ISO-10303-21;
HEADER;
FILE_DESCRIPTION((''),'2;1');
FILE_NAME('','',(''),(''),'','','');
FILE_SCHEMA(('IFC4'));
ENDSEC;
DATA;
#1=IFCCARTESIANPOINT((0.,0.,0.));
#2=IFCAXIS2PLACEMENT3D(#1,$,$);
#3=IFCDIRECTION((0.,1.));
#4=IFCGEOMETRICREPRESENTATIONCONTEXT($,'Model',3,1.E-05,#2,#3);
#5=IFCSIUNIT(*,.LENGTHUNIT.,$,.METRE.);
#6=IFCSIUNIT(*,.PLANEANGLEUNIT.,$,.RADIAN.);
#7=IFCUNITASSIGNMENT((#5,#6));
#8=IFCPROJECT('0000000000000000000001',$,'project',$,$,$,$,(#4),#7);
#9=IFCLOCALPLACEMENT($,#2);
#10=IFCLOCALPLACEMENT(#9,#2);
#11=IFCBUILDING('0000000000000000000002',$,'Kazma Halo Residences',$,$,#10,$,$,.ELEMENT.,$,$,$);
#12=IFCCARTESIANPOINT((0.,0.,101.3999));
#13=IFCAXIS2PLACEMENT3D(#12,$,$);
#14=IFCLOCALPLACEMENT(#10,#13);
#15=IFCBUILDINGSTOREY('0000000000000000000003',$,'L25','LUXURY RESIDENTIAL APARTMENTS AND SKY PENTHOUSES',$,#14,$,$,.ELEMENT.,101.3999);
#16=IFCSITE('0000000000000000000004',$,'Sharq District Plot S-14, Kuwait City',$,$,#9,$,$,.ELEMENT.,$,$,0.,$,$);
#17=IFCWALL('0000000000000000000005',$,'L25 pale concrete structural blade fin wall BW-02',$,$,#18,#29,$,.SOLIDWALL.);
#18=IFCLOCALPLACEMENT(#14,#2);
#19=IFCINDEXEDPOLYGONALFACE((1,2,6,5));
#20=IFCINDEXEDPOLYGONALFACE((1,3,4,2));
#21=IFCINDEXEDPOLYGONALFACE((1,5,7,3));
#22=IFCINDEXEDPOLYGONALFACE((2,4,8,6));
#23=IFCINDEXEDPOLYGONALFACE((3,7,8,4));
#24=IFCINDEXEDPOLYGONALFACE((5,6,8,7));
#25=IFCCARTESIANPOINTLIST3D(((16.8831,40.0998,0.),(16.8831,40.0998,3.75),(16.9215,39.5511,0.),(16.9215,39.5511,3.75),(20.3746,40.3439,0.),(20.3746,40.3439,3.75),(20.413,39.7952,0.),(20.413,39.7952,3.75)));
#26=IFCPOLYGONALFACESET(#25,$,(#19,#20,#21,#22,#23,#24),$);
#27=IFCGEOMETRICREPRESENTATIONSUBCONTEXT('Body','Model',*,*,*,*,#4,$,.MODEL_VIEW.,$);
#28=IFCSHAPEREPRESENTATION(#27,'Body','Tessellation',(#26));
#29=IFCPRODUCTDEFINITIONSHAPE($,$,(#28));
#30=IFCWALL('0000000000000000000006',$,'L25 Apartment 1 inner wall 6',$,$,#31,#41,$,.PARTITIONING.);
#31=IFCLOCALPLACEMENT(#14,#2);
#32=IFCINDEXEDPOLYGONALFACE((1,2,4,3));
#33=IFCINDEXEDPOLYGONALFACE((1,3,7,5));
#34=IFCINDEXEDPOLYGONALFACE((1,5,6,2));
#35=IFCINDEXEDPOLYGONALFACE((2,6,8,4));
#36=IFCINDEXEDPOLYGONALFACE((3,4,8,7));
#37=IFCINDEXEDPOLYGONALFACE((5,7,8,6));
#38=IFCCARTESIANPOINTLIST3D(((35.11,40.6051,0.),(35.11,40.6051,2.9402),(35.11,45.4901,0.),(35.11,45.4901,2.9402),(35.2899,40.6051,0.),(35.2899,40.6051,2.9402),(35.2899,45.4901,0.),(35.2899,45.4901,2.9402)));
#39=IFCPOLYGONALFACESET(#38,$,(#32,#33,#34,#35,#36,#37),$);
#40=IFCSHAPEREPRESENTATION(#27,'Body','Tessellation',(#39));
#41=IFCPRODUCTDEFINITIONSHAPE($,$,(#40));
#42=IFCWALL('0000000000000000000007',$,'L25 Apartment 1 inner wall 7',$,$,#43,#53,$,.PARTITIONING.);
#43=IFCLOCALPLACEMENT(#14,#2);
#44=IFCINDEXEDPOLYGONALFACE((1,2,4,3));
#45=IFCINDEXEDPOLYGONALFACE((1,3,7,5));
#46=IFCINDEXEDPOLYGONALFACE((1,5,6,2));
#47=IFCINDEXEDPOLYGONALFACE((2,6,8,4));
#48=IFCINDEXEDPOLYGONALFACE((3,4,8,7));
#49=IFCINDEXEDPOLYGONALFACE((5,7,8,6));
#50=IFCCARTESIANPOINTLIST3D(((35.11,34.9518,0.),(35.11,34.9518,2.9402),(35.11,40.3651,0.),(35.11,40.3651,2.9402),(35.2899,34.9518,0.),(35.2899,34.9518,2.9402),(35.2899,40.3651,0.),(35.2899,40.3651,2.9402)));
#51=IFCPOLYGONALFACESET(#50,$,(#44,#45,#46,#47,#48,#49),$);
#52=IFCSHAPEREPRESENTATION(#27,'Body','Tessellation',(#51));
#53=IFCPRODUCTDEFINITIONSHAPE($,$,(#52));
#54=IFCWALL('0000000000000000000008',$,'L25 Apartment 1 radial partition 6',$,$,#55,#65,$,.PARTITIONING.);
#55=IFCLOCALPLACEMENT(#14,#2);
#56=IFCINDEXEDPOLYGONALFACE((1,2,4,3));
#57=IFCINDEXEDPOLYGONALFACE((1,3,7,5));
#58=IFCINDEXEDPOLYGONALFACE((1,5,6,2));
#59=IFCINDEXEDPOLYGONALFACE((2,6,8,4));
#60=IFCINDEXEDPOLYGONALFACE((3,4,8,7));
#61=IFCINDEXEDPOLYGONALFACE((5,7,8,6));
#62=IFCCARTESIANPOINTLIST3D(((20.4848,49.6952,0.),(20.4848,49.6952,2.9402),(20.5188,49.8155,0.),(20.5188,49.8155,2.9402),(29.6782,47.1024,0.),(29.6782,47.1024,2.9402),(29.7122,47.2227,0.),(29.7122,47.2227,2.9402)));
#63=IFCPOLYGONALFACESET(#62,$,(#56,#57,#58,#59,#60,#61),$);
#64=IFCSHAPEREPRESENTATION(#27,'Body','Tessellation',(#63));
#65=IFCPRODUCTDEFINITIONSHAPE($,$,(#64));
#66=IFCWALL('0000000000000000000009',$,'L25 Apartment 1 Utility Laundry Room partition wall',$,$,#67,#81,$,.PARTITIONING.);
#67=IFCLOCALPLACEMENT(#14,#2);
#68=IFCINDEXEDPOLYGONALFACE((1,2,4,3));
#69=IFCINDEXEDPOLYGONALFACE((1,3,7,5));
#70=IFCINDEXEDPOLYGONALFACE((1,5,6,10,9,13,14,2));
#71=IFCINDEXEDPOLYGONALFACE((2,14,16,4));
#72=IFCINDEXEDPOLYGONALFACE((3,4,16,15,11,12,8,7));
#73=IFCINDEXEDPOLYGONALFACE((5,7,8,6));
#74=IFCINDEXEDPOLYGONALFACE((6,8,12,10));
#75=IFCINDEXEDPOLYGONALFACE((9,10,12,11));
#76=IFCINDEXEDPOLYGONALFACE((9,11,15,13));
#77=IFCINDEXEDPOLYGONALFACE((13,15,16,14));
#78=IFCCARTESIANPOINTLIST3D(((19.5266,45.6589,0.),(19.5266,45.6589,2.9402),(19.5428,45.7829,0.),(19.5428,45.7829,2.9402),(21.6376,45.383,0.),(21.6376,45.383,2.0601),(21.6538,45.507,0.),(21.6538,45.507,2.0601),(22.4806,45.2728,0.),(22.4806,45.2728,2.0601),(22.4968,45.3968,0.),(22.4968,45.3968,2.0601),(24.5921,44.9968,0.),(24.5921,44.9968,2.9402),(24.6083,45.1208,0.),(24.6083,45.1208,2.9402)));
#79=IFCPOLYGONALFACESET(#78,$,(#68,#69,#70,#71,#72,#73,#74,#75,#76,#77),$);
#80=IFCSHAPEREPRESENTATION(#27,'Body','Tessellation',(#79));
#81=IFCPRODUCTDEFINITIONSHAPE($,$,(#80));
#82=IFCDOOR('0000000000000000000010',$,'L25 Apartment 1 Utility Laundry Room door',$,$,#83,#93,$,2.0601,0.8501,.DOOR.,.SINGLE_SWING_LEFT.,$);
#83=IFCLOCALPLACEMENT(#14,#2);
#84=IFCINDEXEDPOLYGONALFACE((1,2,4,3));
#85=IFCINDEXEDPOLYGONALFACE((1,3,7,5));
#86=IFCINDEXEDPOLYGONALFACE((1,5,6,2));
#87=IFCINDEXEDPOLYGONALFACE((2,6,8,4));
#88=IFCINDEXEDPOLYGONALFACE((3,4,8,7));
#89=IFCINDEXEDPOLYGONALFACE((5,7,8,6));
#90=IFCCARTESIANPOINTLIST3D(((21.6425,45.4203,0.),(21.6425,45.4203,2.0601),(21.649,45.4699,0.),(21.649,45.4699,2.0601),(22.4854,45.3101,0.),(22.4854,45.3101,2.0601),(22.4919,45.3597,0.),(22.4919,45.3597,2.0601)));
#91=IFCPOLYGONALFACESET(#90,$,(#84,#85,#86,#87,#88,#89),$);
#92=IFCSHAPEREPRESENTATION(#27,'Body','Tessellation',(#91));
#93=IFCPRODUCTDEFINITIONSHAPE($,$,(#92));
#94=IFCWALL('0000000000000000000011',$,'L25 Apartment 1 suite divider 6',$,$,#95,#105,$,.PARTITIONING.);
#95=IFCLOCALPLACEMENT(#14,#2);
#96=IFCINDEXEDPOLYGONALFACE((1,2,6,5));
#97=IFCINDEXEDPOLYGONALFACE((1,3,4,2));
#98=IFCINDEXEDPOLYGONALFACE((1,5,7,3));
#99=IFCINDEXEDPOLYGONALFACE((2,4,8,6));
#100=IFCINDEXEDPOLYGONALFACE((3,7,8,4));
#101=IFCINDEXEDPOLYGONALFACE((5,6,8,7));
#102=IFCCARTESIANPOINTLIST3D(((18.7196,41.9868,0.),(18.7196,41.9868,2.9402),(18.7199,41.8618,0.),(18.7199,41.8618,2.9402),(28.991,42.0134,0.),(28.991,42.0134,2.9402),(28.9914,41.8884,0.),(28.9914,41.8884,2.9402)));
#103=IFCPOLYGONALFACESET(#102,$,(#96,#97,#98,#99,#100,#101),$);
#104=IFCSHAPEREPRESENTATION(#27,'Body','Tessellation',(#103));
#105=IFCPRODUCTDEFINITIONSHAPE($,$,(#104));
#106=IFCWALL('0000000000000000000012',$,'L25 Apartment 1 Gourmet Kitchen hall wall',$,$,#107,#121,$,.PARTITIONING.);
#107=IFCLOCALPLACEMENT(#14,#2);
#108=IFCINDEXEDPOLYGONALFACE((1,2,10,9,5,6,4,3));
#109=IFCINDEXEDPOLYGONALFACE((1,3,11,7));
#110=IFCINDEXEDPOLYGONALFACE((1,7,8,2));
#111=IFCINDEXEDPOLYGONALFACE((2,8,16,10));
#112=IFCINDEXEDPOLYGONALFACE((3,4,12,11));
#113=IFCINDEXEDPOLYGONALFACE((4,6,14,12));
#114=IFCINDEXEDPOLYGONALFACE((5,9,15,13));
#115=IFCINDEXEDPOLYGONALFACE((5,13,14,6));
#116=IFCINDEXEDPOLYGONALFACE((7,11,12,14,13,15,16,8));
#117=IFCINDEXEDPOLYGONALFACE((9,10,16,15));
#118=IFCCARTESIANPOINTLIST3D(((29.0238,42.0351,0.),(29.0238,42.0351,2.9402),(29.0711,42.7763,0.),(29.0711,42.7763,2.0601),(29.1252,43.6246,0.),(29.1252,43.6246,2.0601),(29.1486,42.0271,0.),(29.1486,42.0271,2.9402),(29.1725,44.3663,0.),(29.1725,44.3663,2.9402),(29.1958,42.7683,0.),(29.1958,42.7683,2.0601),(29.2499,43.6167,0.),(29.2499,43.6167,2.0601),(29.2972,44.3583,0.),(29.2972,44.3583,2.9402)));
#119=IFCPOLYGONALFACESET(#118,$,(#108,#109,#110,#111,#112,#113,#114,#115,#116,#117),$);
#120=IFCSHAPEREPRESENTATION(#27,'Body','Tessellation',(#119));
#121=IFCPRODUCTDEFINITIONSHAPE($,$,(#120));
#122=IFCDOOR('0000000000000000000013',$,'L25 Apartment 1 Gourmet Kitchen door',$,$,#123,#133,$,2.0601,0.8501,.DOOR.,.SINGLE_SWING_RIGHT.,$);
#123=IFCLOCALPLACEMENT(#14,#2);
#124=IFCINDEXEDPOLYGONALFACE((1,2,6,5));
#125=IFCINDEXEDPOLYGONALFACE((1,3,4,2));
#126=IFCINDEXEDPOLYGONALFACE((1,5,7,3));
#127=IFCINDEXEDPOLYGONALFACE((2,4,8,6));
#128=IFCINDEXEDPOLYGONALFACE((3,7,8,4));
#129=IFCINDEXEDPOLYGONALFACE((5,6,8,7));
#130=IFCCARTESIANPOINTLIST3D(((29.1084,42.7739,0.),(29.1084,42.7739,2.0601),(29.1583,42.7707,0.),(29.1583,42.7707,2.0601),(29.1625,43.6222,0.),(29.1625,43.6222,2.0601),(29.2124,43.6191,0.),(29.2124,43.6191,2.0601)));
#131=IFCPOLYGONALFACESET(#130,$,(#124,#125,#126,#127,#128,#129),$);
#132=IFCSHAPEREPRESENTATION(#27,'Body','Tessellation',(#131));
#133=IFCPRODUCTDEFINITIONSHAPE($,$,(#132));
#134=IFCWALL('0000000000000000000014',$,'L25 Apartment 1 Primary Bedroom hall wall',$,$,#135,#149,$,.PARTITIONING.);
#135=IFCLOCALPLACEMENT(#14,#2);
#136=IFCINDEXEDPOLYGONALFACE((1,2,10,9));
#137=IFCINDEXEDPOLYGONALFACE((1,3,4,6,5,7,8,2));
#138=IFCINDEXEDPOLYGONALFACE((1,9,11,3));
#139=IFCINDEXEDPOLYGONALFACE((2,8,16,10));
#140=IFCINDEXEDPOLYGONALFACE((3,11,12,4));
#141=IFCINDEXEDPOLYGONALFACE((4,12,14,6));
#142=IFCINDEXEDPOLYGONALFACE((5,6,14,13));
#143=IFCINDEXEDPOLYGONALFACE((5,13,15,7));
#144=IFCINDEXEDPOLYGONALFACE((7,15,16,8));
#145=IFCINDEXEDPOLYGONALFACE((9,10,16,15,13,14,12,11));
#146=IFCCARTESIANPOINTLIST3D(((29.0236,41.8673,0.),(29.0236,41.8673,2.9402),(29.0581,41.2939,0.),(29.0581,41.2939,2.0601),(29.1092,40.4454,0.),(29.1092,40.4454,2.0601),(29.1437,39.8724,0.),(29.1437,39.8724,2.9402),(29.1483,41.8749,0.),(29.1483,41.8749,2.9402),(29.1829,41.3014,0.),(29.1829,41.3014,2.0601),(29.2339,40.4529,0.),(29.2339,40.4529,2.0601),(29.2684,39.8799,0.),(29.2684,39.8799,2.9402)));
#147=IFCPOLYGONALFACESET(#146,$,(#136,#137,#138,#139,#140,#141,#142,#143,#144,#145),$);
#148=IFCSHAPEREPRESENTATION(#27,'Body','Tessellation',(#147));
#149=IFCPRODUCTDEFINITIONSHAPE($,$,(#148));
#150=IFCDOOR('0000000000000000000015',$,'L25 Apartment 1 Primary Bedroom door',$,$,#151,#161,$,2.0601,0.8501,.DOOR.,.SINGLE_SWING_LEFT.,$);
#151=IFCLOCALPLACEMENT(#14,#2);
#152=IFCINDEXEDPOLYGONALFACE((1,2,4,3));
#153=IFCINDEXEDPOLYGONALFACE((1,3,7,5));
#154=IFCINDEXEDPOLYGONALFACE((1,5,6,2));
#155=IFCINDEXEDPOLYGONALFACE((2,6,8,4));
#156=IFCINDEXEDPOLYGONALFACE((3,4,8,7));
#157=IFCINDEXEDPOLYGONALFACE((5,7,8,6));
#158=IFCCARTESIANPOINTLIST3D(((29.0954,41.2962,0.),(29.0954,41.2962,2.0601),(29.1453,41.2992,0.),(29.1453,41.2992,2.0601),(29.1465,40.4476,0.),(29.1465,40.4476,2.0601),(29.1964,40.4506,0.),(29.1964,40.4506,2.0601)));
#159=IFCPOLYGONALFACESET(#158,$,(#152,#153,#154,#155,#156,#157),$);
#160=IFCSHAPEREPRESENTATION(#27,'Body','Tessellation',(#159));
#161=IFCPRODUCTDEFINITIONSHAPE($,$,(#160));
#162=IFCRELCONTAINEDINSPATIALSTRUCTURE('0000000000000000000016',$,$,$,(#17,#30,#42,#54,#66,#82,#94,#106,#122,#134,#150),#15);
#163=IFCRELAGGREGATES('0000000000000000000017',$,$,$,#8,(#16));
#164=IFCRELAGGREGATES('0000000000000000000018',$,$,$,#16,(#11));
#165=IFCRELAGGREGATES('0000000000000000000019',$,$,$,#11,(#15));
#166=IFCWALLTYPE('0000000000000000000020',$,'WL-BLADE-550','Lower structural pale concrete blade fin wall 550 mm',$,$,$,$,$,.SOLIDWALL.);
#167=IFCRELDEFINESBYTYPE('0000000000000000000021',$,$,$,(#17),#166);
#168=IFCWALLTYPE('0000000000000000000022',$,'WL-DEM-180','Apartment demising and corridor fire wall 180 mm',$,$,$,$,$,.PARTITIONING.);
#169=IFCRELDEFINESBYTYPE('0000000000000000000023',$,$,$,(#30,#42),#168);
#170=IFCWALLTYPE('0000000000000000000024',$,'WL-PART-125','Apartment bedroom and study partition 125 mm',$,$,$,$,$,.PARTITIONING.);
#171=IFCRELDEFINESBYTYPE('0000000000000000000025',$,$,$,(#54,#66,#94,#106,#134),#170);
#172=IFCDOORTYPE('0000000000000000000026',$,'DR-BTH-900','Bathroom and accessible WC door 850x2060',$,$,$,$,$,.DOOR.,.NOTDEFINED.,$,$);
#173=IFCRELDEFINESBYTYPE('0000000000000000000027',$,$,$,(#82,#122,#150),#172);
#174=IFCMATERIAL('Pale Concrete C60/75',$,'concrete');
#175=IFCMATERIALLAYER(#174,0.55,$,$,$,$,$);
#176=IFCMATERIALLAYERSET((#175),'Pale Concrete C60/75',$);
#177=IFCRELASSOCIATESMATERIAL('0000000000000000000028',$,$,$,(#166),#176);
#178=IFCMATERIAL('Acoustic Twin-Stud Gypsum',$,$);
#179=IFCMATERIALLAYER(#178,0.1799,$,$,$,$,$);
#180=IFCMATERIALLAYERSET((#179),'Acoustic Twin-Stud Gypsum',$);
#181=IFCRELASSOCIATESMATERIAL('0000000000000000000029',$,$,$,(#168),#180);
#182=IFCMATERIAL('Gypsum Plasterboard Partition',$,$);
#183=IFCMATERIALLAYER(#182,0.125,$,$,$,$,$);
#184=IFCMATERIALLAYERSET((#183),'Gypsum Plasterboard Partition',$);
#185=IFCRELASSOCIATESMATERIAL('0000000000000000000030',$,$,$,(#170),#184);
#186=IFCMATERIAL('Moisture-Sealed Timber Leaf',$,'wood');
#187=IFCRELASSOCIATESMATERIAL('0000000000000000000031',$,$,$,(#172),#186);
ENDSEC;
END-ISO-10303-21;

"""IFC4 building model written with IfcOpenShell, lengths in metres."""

from ifc_helpers import new_model, si_unit, direction, frame, frame_2d, origin, place, context, subcontext, project, spatial, rectangle, extrude, material, layer, layer_set, type_object, element, fill, save


model = new_model("IFC4")

# Units and contexts
model_context = context("Model", 3, precision=1e-05, world=origin(), true_north=direction((0.0, 1.0)))
body_context = subcontext(model_context, "Body", "Model", "MODEL_VIEW")
ifc_project = project(units=[si_unit("LENGTHUNIT", "METRE"), si_unit("PLANEANGLEUNIT", "RADIAN")], contexts=[model_context])

# Site, building, storey
site_placement = place(None, origin())
site = spatial("IfcSite", under=ifc_project, at=site_placement, Name="Sharq District Plot S-14, Kuwait City", CompositionType="ELEMENT", RefElevation=0.0)
building_placement = place(site_placement, origin())
building = spatial("IfcBuilding", under=site, at=building_placement, Name="Kazma Halo Residences", CompositionType="ELEMENT")
storey_placement = place(building_placement, frame((0.0, 0.0, 101.3999)))
storey = spatial("IfcBuildingStorey", under=building, at=storey_placement, Name="L25", Description="LUXURY RESIDENTIAL APARTMENTS AND SKY PENTHOUSES", CompositionType="ELEMENT", Elevation=101.3999)

# Walls
ifc_material_1 = material(Name="Pale Concrete C60/75", Category="concrete")
ifc_layer_1 = layer(ifc_material_1, 0.55)
ifc_layer_set_1 = layer_set([ifc_layer_1], Name="Pale Concrete C60/75")
wall_type_1 = type_object("IfcWallType", Name="WL-BLADE-550", Description="Lower structural pale concrete blade fin wall 550 mm", PredefinedType="SOLIDWALL", material=ifc_layer_set_1)
wall_1_placement = place(storey_placement, frame((20.3938, 40.0696, 0.0), z_axis=(0.0, 0.0, 1.0), x_axis=(-0.997564, -0.069755, 0.0)))
element("IfcWall", 1, at=wall_1_placement, inside=storey, type_object=wall_type_1, Name="L25 pale concrete structural blade fin wall BW-02", PredefinedType="SOLIDWALL", context=body_context, shape_type="SweptSolid", body=[
    extrude(rectangle(XDim=3.5, YDim=0.55, at=frame_2d((1.75, 0.0))), origin(), (0.0, 0.0, 1.0), 3.75),
])
ifc_material_2 = material(Name="Acoustic Twin-Stud Gypsum")
ifc_layer_2 = layer(ifc_material_2, 0.1799)
ifc_layer_set_2 = layer_set([ifc_layer_2], Name="Acoustic Twin-Stud Gypsum")
wall_type_2 = type_object("IfcWallType", Name="WL-DEM-180", Description="Apartment demising and corridor fire wall 180 mm", PredefinedType="PARTITIONING", material=ifc_layer_set_2)
wall_2_placement = place(storey_placement, frame((35.2, 45.49, 0.0), z_axis=(0.0, 0.0, 1.0), x_axis=(0.0, -1.0, 0.0)))
element("IfcWall", 2, at=wall_2_placement, inside=storey, type_object=wall_type_2, Name="L25 Apartment 1 inner wall 6", PredefinedType="PARTITIONING", context=body_context, shape_type="SweptSolid", body=[
    extrude(rectangle(XDim=4.885, YDim=0.1799, at=frame_2d((2.4424, 0.0))), origin(), (0.0, 0.0, 1.0), 2.9402),
])
wall_3_placement = place(storey_placement, frame((35.2, 40.365, 0.0), z_axis=(0.0, 0.0, 1.0), x_axis=(0.0, -1.0, 0.0)))
element("IfcWall", 3, at=wall_3_placement, inside=storey, type_object=wall_type_2, Name="L25 Apartment 1 inner wall 7", PredefinedType="PARTITIONING", context=body_context, shape_type="SweptSolid", body=[
    extrude(rectangle(XDim=5.4133, YDim=0.1799, at=frame_2d((2.7065, 0.0))), origin(), (0.0, 0.0, 1.0), 2.9402),
])
ifc_material_3 = material(Name="Gypsum Plasterboard Partition")
ifc_layer_3 = layer(ifc_material_3, 0.125)
ifc_layer_set_3 = layer_set([ifc_layer_3], Name="Gypsum Plasterboard Partition")
wall_type_3 = type_object("IfcWallType", Name="WL-PART-125", Description="Apartment bedroom and study partition 125 mm", PredefinedType="PARTITIONING", material=ifc_layer_set_3)
wall_4_placement = place(storey_placement, frame((29.6951, 47.1626, 0.0), z_axis=(0.0, 0.0, 1.0), x_axis=(-0.962456, 0.271438, 0.0)))
element("IfcWall", 4, at=wall_4_placement, inside=storey, type_object=wall_type_3, Name="L25 Apartment 1 radial partition 6", PredefinedType="PARTITIONING", context=body_context, shape_type="SweptSolid", body=[
    extrude(rectangle(XDim=9.552, YDim=0.125, at=frame_2d((4.7759, 0.0))), origin(), (0.0, 0.0, 1.0), 2.9402),
])

# Wall, opening, door
wall_5_placement = place(storey_placement, frame((24.6001, 45.0588, 0.0), z_axis=(0.0, 0.0, 1.0), x_axis=(-0.991566, 0.129603, 0.0)))
wall_5 = element("IfcWall", 5, at=wall_5_placement, inside=storey, type_object=wall_type_3, Name="L25 Apartment 1 Utility Laundry Room partition wall", PredefinedType="PARTITIONING", context=body_context, shape_type="SweptSolid", body=[
    extrude(rectangle(XDim=5.1086, YDim=0.125, at=frame_2d((2.5542, 0.0))), origin(), (0.0, 0.0, 1.0), 2.9402),
])
opening_1_placement = place(wall_5_placement, frame((2.1294, 0.0, 0.0)))
opening_1 = element("IfcOpeningElement", 6, at=opening_1_placement, cuts=wall_5, PredefinedType="OPENING", context=body_context, shape_type="SweptSolid", body=[
    extrude(rectangle(XDim=0.8501, YDim=2.0601, at=frame_2d((0.425, 1.03))), frame((0.0, 0.0725, 0.0), z_axis=(0.0, -1.0, 0.0), x_axis=(1.0, 0.0, 0.0)), (0.0, 0.0, 1.0), 0.145),
])
ifc_material_4 = material(Name="Moisture-Sealed Timber Leaf", Category="wood")
door_type = type_object("IfcDoorType", Name="DR-BTH-900", Description="Bathroom and accessible WC door 850x2060", OperationType="NOTDEFINED", PredefinedType="DOOR", material=ifc_material_4)
door_1_placement = place(opening_1_placement, origin())
door_1 = element("IfcDoor", 7, at=door_1_placement, inside=storey, type_object=door_type, Name="L25 Apartment 1 Utility Laundry Room door", OperationType="SINGLE_SWING_LEFT", OverallHeight=2.0601, OverallWidth=0.8501, PredefinedType="DOOR", context=body_context, shape_type="SweptSolid", body=[
    extrude(rectangle(XDim=0.8501, YDim=2.0601, at=frame_2d((0.425, 1.03))), frame((0.0, 0.0249, 0.0), z_axis=(0.0, -1.0, 0.0), x_axis=(1.0, 0.0, 0.0)), (0.0, 0.0, 1.0), 0.05),
])
fill(opening_1, door_1)

# Wall
wall_6_placement = place(storey_placement, frame((28.9912, 41.9509, 0.0), z_axis=(0.0, 0.0, 1.0), x_axis=(-0.999997, -0.002591, 0.0)))
element("IfcWall", 8, at=wall_6_placement, inside=storey, type_object=wall_type_3, Name="L25 Apartment 1 suite divider 6", PredefinedType="PARTITIONING", context=body_context, shape_type="SweptSolid", body=[
    extrude(rectangle(XDim=10.2715, YDim=0.125, at=frame_2d((5.1357, 0.0))), origin(), (0.0, 0.0, 1.0), 2.9402),
])

# Walls, openings, doors
wall_7_placement = place(storey_placement, frame((29.2349, 44.3623, 0.0), z_axis=(0.0, 0.0, 1.0), x_axis=(-0.063647, -0.997972, 0.0)))
wall_7 = element("IfcWall", 9, at=wall_7_placement, inside=storey, type_object=wall_type_3, Name="L25 Apartment 1 Gourmet Kitchen hall wall", PredefinedType="PARTITIONING", context=body_context, shape_type="SweptSolid", body=[
    extrude(rectangle(XDim=2.3359, YDim=0.125, at=frame_2d((1.168, 0.0))), origin(), (0.0, 0.0, 1.0), 2.9402),
])
opening_2_placement = place(wall_7_placement, frame((0.7432, 0.0, 0.0)))
opening_2 = element("IfcOpeningElement", 10, at=opening_2_placement, cuts=wall_7, PredefinedType="OPENING", context=body_context, shape_type="SweptSolid", body=[
    extrude(rectangle(XDim=0.8501, YDim=2.0601, at=frame_2d((0.425, 1.03))), frame((0.0, 0.0725, 0.0), z_axis=(0.0, -1.0, 0.0), x_axis=(1.0, 0.0, 0.0)), (0.0, 0.0, 1.0), 0.145),
])
door_2_placement = place(opening_2_placement, origin())
door_2 = element("IfcDoor", 11, at=door_2_placement, inside=storey, type_object=door_type, Name="L25 Apartment 1 Gourmet Kitchen door", OperationType="SINGLE_SWING_RIGHT", OverallHeight=2.0601, OverallWidth=0.8501, PredefinedType="DOOR", context=body_context, shape_type="SweptSolid", body=[
    extrude(rectangle(XDim=0.8501, YDim=2.0601, at=frame_2d((0.425, 1.03))), frame((0.0, 0.0249, 0.0), z_axis=(0.0, -1.0, 0.0), x_axis=(1.0, 0.0, 0.0)), (0.0, 0.0, 1.0), 0.05),
])
fill(opening_2, door_2)
wall_8_placement = place(storey_placement, frame((29.0859, 41.8711, 0.0), z_axis=(0.0, 0.0, 1.0), x_axis=(0.060104, -0.998192, 0.0)))
wall_8 = element("IfcWall", 12, at=wall_8_placement, inside=storey, type_object=wall_type_3, Name="L25 Apartment 1 Primary Bedroom hall wall", PredefinedType="PARTITIONING", context=body_context, shape_type="SweptSolid", body=[
    extrude(rectangle(XDim=1.9985, YDim=0.125, at=frame_2d((0.9993, 0.0))), origin(), (0.0, 0.0, 1.0), 2.9402),
])
opening_3_placement = place(wall_8_placement, frame((0.5745, 0.0, 0.0)))
opening_3 = element("IfcOpeningElement", 13, at=opening_3_placement, cuts=wall_8, PredefinedType="OPENING", context=body_context, shape_type="SweptSolid", body=[
    extrude(rectangle(XDim=0.8501, YDim=2.0601, at=frame_2d((0.425, 1.03))), frame((0.0, 0.0725, 0.0), z_axis=(0.0, -1.0, 0.0), x_axis=(1.0, 0.0, 0.0)), (0.0, 0.0, 1.0), 0.145),
])
door_3_placement = place(opening_3_placement, origin())
door_3 = element("IfcDoor", 14, at=door_3_placement, inside=storey, type_object=door_type, Name="L25 Apartment 1 Primary Bedroom door", OperationType="SINGLE_SWING_LEFT", OverallHeight=2.0601, OverallWidth=0.8501, PredefinedType="DOOR", context=body_context, shape_type="SweptSolid", body=[
    extrude(rectangle(XDim=0.8501, YDim=2.0601, at=frame_2d((0.425, 1.03))), frame((0.0, 0.0249, 0.0), z_axis=(0.0, -1.0, 0.0), x_axis=(1.0, 0.0, 0.0)), (0.0, 0.0, 1.0), 0.05),
])
fill(opening_3, door_3)

save(model, "model.ifc")
